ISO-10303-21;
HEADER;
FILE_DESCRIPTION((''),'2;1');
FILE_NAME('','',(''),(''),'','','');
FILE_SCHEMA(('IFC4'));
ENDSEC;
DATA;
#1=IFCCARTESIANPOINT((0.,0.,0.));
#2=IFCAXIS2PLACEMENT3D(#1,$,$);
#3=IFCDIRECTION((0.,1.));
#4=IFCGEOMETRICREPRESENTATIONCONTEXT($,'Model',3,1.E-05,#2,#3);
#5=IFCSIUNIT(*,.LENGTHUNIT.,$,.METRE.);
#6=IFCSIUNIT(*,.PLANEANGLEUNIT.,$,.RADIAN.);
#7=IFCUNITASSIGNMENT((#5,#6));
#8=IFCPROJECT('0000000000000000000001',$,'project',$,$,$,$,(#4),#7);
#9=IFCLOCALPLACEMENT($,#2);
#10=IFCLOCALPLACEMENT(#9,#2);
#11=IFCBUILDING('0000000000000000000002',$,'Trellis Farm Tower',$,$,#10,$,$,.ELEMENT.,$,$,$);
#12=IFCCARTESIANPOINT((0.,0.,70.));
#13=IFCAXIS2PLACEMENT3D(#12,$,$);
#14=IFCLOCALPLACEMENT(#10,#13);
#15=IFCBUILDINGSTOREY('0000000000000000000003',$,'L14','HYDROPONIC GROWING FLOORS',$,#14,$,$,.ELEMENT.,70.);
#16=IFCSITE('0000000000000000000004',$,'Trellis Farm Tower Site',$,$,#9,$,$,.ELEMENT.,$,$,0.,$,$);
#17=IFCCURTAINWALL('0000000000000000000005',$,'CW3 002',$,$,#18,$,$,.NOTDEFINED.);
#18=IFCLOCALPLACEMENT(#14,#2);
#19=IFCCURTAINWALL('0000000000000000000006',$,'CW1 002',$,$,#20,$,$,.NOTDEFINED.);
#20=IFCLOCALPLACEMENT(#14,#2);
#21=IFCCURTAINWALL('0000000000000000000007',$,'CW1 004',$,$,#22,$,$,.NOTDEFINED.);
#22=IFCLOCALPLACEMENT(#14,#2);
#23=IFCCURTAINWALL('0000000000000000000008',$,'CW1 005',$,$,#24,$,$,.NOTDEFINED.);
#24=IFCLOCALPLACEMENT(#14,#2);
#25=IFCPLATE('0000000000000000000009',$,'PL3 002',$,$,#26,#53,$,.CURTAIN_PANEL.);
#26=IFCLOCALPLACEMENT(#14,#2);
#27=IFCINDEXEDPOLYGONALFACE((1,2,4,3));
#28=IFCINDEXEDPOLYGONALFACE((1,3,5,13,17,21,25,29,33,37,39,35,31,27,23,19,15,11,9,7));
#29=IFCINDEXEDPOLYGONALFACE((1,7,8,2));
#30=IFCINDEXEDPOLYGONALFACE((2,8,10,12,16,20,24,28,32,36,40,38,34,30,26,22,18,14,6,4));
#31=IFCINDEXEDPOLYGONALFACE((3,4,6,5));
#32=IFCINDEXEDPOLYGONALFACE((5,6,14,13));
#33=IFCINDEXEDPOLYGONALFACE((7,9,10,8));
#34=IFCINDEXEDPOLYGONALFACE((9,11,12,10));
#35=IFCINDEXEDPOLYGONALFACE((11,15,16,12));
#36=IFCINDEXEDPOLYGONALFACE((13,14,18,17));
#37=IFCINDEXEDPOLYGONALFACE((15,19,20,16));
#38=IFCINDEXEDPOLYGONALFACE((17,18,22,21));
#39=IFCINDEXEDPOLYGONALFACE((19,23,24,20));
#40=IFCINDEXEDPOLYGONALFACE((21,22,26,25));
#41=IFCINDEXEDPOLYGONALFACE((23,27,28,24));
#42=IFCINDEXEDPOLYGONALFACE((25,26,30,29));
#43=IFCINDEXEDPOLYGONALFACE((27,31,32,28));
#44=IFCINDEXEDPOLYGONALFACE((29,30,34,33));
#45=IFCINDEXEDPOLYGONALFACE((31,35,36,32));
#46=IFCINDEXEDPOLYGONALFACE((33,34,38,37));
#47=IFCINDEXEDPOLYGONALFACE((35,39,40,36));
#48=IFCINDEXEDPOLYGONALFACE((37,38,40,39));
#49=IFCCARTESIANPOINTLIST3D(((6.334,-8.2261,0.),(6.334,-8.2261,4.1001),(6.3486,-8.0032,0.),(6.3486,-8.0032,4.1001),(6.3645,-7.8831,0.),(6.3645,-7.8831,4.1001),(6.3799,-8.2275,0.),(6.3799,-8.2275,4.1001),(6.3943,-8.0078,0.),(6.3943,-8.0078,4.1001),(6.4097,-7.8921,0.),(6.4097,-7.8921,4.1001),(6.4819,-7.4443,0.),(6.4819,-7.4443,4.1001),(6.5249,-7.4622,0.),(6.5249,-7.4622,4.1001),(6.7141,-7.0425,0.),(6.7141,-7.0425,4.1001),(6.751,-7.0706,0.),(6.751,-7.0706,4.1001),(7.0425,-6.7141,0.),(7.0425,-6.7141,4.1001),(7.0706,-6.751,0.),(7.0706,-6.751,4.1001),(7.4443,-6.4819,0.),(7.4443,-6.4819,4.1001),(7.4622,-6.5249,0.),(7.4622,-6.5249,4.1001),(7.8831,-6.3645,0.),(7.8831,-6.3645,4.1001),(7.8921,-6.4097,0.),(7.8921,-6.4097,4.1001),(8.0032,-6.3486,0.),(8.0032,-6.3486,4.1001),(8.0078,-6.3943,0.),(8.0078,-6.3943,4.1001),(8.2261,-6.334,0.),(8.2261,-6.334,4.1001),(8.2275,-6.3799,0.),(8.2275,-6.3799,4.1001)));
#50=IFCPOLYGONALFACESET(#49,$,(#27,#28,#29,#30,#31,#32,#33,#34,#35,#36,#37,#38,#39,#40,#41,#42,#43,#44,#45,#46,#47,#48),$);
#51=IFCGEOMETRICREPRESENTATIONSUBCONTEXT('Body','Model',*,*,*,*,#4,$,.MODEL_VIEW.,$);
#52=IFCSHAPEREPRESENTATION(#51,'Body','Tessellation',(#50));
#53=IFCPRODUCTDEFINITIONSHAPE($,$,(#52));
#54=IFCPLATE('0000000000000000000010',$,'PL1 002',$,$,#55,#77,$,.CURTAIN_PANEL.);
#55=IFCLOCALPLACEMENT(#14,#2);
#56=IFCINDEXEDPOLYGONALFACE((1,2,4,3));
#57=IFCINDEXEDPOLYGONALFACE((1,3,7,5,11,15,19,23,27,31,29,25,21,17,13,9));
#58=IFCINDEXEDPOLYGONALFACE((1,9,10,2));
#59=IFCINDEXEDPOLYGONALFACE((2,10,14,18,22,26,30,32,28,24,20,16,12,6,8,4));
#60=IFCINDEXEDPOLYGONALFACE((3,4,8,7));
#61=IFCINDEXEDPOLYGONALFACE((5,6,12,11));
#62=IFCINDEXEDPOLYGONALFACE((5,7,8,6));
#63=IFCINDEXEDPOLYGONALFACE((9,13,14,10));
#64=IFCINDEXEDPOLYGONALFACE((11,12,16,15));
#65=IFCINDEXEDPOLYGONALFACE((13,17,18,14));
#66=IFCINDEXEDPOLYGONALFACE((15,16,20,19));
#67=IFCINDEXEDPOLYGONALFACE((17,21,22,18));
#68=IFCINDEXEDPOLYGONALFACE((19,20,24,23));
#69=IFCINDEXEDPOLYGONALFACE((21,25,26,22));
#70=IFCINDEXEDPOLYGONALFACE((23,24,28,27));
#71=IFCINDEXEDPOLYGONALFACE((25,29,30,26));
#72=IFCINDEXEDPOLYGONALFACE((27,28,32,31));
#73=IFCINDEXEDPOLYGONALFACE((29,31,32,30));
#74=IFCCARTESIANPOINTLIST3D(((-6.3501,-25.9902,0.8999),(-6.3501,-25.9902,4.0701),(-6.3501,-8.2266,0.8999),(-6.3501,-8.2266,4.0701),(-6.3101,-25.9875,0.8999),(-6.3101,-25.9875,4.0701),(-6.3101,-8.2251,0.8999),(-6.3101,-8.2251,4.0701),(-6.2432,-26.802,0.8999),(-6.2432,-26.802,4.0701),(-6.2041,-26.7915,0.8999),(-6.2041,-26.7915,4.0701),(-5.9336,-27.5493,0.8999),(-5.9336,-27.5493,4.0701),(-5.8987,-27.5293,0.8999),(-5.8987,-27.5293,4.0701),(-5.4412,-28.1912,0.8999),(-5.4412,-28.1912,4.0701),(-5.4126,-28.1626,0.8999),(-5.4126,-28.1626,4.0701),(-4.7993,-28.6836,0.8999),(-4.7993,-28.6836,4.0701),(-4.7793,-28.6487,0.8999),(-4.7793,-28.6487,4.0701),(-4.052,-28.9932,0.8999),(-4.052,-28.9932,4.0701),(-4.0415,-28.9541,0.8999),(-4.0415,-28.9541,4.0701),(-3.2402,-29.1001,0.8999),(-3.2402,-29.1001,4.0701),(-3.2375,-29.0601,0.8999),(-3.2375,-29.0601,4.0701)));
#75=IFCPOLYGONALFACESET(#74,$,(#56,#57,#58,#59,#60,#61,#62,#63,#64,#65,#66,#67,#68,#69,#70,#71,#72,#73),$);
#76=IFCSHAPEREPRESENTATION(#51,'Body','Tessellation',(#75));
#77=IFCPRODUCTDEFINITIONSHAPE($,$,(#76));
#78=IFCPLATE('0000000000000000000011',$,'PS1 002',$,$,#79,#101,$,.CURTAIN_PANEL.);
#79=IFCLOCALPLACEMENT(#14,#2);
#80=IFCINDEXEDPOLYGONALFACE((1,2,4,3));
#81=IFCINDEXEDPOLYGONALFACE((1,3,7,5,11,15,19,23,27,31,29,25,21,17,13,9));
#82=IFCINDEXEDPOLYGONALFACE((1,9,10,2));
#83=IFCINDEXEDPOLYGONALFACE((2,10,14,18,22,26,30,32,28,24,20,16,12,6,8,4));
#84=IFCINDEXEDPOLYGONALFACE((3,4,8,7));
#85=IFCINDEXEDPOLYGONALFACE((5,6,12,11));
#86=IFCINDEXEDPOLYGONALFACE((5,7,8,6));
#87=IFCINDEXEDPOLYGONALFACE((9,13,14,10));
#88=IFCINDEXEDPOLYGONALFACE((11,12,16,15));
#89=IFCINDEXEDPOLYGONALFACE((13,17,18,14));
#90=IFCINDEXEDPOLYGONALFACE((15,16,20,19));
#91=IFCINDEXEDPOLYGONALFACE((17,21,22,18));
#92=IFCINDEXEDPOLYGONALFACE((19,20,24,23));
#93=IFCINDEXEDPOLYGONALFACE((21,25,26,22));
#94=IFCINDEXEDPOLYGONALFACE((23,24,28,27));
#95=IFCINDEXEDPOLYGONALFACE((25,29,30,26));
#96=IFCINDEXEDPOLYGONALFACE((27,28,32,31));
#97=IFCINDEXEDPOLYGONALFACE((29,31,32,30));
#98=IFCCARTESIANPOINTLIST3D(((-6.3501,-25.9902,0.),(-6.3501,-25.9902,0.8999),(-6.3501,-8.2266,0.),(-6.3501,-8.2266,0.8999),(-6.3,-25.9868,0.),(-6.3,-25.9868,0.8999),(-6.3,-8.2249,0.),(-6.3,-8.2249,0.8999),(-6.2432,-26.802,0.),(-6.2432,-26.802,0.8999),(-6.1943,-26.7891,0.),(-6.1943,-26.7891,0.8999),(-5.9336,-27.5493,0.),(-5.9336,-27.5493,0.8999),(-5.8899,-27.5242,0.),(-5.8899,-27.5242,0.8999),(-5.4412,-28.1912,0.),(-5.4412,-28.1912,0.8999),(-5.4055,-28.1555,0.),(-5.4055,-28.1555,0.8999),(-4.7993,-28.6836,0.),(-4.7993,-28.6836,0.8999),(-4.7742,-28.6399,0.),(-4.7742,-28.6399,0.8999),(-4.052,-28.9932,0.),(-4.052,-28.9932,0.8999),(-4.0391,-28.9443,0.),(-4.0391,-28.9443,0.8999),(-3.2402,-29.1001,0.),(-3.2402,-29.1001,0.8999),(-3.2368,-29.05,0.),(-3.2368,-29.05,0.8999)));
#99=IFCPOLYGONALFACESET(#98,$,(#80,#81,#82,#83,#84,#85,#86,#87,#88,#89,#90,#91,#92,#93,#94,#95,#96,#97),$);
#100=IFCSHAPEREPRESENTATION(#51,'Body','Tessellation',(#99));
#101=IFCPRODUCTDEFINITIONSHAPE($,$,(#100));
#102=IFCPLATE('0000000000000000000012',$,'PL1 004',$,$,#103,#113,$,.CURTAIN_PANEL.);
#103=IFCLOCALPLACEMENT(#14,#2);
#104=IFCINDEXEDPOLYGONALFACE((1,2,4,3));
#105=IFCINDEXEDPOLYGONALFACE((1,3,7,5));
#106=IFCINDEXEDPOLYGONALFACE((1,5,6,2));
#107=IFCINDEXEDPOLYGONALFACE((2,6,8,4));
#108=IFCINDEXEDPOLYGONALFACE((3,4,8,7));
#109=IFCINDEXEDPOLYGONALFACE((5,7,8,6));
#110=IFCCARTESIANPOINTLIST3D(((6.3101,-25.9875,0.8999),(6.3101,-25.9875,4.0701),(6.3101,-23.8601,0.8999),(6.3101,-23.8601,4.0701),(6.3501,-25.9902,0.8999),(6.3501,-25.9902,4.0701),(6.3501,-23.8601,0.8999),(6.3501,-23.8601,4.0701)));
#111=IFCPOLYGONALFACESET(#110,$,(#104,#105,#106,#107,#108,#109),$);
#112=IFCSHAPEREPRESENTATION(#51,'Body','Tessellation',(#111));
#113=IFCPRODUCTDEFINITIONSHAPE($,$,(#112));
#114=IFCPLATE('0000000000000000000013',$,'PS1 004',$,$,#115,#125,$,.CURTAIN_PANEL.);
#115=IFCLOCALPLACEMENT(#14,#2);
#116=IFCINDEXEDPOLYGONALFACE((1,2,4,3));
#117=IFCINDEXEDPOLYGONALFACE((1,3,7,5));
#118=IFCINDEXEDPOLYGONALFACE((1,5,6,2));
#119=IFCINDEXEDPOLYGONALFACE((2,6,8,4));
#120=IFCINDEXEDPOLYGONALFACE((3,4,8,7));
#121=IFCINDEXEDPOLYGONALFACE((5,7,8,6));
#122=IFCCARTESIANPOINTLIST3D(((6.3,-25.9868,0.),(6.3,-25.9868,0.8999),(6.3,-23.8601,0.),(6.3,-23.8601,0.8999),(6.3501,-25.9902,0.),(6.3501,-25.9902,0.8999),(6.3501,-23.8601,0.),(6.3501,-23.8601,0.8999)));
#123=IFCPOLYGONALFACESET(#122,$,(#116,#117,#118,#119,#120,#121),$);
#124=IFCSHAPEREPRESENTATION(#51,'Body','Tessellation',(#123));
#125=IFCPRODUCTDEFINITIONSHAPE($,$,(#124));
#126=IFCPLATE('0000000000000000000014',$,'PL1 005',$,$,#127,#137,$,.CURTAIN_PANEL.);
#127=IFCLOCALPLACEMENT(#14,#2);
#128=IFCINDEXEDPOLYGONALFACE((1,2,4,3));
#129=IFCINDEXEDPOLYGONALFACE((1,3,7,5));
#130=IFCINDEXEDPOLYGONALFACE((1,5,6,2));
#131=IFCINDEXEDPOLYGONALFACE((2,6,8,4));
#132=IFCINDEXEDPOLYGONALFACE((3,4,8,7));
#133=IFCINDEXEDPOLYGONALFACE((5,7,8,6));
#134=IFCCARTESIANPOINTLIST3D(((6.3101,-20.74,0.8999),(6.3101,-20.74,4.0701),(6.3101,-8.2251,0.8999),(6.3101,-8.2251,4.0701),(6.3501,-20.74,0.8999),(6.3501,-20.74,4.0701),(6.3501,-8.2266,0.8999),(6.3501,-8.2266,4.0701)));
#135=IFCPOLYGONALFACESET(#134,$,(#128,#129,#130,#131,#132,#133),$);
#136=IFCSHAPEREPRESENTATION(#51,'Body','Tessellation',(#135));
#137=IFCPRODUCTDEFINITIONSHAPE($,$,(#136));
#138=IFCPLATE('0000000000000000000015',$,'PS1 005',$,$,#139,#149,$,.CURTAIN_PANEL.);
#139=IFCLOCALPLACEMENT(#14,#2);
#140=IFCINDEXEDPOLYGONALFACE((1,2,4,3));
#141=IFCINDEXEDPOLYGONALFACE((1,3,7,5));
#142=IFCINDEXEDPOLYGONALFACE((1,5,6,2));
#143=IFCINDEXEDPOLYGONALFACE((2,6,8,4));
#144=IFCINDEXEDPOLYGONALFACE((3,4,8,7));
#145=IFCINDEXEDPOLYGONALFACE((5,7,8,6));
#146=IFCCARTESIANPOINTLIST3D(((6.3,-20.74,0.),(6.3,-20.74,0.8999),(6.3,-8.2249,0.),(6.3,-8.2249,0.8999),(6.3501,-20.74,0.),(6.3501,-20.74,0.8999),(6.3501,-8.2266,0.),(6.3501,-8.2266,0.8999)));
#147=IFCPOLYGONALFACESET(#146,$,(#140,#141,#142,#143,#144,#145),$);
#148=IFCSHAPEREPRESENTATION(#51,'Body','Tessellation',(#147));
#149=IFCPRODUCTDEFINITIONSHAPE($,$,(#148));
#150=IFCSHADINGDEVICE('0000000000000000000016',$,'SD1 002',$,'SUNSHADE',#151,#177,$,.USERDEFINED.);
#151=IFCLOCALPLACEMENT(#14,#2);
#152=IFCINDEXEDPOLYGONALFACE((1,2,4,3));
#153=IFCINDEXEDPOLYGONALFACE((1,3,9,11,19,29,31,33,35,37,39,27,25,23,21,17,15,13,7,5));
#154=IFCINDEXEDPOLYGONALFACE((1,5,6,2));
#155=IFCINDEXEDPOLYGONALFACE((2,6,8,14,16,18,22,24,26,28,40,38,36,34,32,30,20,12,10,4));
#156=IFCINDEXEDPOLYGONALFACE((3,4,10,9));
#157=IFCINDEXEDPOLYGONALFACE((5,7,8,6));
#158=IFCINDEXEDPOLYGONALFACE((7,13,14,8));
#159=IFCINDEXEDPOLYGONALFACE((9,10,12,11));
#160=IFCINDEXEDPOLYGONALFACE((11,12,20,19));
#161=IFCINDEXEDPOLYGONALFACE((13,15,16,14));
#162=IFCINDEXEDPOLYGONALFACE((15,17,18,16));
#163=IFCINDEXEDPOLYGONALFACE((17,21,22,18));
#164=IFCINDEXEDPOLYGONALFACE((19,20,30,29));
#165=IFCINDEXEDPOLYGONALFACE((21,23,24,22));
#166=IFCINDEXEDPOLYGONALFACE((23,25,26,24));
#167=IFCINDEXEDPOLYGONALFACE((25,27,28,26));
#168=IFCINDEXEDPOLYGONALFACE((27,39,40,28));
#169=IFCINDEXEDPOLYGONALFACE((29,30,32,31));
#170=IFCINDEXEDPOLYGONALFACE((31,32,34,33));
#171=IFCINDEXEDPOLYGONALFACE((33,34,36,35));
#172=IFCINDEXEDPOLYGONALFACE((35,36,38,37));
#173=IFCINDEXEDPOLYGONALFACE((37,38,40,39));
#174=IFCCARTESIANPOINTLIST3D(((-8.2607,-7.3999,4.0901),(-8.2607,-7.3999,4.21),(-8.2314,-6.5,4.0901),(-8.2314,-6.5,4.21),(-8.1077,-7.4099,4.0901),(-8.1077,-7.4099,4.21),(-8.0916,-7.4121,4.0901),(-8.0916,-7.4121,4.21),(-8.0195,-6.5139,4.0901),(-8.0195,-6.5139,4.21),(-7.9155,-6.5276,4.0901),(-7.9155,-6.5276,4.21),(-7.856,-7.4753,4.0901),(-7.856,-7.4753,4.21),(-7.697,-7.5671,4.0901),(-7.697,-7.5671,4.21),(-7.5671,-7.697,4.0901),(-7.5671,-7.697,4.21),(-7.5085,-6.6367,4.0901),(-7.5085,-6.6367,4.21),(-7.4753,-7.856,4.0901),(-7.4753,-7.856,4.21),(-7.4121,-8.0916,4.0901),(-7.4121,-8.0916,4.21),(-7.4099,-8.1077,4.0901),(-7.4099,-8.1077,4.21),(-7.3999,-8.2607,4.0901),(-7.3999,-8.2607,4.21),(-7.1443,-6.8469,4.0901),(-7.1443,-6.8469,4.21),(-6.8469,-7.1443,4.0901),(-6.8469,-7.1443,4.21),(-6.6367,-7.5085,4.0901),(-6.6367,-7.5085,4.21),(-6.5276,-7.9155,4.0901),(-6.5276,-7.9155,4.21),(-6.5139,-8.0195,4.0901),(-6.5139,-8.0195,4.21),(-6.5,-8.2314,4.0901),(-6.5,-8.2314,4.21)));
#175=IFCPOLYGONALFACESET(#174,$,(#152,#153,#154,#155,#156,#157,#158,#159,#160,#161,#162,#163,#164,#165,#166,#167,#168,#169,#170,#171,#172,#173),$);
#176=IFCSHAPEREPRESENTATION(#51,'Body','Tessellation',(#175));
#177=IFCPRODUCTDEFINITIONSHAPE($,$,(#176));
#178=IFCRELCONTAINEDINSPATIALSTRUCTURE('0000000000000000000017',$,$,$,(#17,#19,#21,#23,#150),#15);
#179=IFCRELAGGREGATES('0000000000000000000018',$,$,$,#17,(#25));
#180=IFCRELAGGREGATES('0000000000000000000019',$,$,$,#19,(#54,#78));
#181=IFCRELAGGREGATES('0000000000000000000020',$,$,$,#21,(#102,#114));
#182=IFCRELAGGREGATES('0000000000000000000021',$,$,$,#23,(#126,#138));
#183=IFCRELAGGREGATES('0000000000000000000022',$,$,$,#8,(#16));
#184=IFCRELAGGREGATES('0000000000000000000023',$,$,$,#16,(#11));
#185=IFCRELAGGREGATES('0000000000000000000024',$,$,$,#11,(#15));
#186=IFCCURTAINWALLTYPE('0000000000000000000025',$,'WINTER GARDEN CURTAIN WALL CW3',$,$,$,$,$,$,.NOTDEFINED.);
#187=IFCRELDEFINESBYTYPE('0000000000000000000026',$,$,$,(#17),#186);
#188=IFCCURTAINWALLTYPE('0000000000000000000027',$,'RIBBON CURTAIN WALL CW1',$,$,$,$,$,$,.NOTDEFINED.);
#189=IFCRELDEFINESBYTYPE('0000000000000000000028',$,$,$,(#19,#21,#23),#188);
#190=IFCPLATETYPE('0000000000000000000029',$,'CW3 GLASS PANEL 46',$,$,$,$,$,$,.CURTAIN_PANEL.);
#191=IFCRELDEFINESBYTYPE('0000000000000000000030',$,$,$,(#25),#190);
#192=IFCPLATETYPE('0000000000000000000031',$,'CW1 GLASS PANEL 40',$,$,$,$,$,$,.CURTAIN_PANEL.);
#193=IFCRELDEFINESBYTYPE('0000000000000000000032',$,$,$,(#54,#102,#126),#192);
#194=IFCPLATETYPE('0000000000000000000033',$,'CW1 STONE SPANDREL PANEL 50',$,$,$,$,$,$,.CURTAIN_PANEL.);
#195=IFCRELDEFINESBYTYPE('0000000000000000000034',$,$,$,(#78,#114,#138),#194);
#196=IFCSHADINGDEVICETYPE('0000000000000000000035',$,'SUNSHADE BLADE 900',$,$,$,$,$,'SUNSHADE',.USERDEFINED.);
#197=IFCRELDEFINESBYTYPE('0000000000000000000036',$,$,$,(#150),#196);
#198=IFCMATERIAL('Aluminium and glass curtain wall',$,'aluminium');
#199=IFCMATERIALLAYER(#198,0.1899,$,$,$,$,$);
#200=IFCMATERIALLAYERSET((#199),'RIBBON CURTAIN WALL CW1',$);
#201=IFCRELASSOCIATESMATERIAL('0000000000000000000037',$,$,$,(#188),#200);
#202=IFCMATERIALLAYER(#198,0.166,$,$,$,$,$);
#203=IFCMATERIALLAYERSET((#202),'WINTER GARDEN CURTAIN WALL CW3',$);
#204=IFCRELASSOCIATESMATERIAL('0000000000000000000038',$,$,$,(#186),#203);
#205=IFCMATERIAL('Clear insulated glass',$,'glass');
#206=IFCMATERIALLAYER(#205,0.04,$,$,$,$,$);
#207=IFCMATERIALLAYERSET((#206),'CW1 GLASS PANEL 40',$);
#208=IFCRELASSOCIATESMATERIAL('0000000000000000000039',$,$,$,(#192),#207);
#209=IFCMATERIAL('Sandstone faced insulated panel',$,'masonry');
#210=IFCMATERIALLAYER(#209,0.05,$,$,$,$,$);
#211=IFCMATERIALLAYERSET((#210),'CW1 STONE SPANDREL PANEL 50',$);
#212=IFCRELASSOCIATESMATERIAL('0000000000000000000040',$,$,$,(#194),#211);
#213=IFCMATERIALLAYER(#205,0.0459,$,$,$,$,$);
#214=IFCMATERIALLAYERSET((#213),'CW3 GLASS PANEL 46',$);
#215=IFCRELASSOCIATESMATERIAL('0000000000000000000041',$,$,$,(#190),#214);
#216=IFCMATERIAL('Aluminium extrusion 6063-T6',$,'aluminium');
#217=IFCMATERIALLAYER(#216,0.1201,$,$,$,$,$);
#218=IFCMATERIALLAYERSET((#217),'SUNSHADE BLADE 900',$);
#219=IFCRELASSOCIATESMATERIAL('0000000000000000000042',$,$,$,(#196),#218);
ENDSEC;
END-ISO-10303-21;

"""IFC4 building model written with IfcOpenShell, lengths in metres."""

from ifc_helpers import new_model, si_unit, direction, frame, origin, place, context, subcontext, project, spatial, polyline, outline, extrude, source, transform, mapped, material, layer, layer_set, type_object, element, aggregate, save


model = new_model("IFC4")

# Units and contexts
model_context = context("Model", 3, precision=1e-05, world=origin(), true_north=direction((0.0, 1.0)))
body_context = subcontext(model_context, "Body", "Model", "MODEL_VIEW")
ifc_project = project(units=[si_unit("LENGTHUNIT", "METRE"), si_unit("PLANEANGLEUNIT", "RADIAN")], contexts=[model_context])

# Site, building, storey
site_placement = place(None, origin())
site = spatial("IfcSite", under=ifc_project, at=site_placement, Name="Trellis Farm Tower Site", CompositionType="ELEMENT", RefElevation=0.0)
building_placement = place(site_placement, origin())
building = spatial("IfcBuilding", under=site, at=building_placement, Name="Trellis Farm Tower", CompositionType="ELEMENT")
storey_placement = place(building_placement, frame((0.0, 0.0, 70.0)))
storey = spatial("IfcBuildingStorey", under=building, at=storey_placement, Name="L14", Description="HYDROPONIC GROWING FLOORS", CompositionType="ELEMENT", Elevation=70.0)

# Curtain walls
ifc_material_1 = material(Name="Aluminium and glass curtain wall", Category="aluminium")
ifc_layer_1 = layer(ifc_material_1, 0.1899)
ifc_layer_set_1 = layer_set([ifc_layer_1], Name="RIBBON CURTAIN WALL CW1")
curtain_wall_type_1 = type_object("IfcCurtainWallType", Name="RIBBON CURTAIN WALL CW1", PredefinedType="NOTDEFINED", material=ifc_layer_set_1)
placement_1 = place(storey_placement, origin())
ifc_material_2 = material(Name="Aluminium extrusion 6063-T6", Category="aluminium")
ifc_layer_2 = layer(ifc_material_1, 0.166)
ifc_layer_set_2 = layer_set([ifc_layer_2], Name="WINTER GARDEN CURTAIN WALL CW3")
curtain_wall_type_2 = type_object("IfcCurtainWallType", Name="WINTER GARDEN CURTAIN WALL CW3", PredefinedType="NOTDEFINED", material=ifc_layer_set_2)
curtain_wall_1 = element("IfcCurtainWall", 1, at=placement_1, inside=storey, type_object=curtain_wall_type_2, Name="CW3 002", PredefinedType="NOTDEFINED")
curtain_wall_2 = element("IfcCurtainWall", 2, at=placement_1, inside=storey, type_object=curtain_wall_type_1, Name="CW1 002", PredefinedType="NOTDEFINED")
curtain_wall_3 = element("IfcCurtainWall", 3, at=placement_1, inside=storey, type_object=curtain_wall_type_1, Name="CW1 004", PredefinedType="NOTDEFINED")
curtain_wall_4 = element("IfcCurtainWall", 4, at=placement_1, inside=storey, type_object=curtain_wall_type_1, Name="CW1 005", PredefinedType="NOTDEFINED")

# Plates
ifc_material_3 = material(Name="Clear insulated glass", Category="glass")
ifc_layer_3 = layer(ifc_material_3, 0.04)
ifc_layer_set_3 = layer_set([ifc_layer_3], Name="CW1 GLASS PANEL 40")
plate_type_1 = type_object("IfcPlateType", Name="CW1 GLASS PANEL 40", PredefinedType="CURTAIN_PANEL", material=ifc_layer_set_3)
placement_2 = place(storey_placement, frame((0.0, 0.0, 0.8999)))
ifc_material_4 = material(Name="Sandstone faced insulated panel", Category="masonry")
ifc_layer_4 = layer(ifc_material_4, 0.05)
ifc_layer_set_4 = layer_set([ifc_layer_4], Name="CW1 STONE SPANDREL PANEL 50")
plate_type_2 = type_object("IfcPlateType", Name="CW1 STONE SPANDREL PANEL 50", PredefinedType="CURTAIN_PANEL", material=ifc_layer_set_4)
ifc_layer_5 = layer(ifc_material_3, 0.0459)
ifc_layer_set_5 = layer_set([ifc_layer_5], Name="CW3 GLASS PANEL 46")
plate_type_3 = type_object("IfcPlateType", Name="CW3 GLASS PANEL 46", PredefinedType="CURTAIN_PANEL", material=ifc_layer_set_5)
shared_shape_1 = source(origin(), body_context, "Body", "SweptSolid", [
    extrude(outline(polyline([(6.3799, -8.2275), (6.3943, -8.0078), (6.4097, -7.8921), (6.5249, -7.4622), (6.751, -7.0706), (7.0706, -6.751), (7.4622, -6.5249), (7.8921, -6.4097), (8.0078, -6.3943), (8.2275, -6.3799), (8.2261, -6.334), (8.0032, -6.3486), (7.8831, -6.3645), (7.4443, -6.4819), (7.0425, -6.7141), (6.7141, -7.0425), (6.4819, -7.4443), (6.3645, -7.8831), (6.3486, -8.0032), (6.334, -8.2261), (6.3799, -8.2275)])), origin(), (0.0, 0.0, 1.0), 4.1001),
])
plate_1 = element("IfcPlate", 5, at=placement_1, type_object=plate_type_3, Name="PL3 002", PredefinedType="CURTAIN_PANEL", context=body_context, shape_type="MappedRepresentation", body=[
    mapped(shared_shape_1, transform((0.0, 0.0, 0.0))),
])
aggregate(curtain_wall_1, [plate_1])
shared_shape_2 = source(origin(), body_context, "Body", "SweptSolid", [
    extrude(outline(polyline([(-6.3501, -8.2266), (-6.3501, -25.9902), (-6.2432, -26.802), (-5.9336, -27.5493), (-5.4412, -28.1912), (-4.7993, -28.6836), (-4.052, -28.9932), (-3.2402, -29.1001), (-3.2375, -29.0601), (-4.0415, -28.9541), (-4.7793, -28.6487), (-5.4126, -28.1626), (-5.8987, -27.5293), (-6.2041, -26.7915), (-6.3101, -25.9875), (-6.3101, -8.2251), (-6.3501, -8.2266)])), origin(), (0.0, 0.0, 1.0), 3.1702),
])
plate_2 = element("IfcPlate", 6, at=placement_2, type_object=plate_type_1, Name="PL1 002", PredefinedType="CURTAIN_PANEL", context=body_context, shape_type="MappedRepresentation", body=[
    mapped(shared_shape_2, transform((0.0, 0.0, 0.0))),
])
shared_shape_3 = source(origin(), body_context, "Body", "SweptSolid", [
    extrude(outline(polyline([(-6.3501, -8.2266), (-6.3501, -25.9902), (-6.2432, -26.802), (-5.9336, -27.5493), (-5.4412, -28.1912), (-4.7993, -28.6836), (-4.052, -28.9932), (-3.2402, -29.1001), (-3.2368, -29.05), (-4.0391, -28.9443), (-4.7742, -28.6399), (-5.4055, -28.1555), (-5.8899, -27.5242), (-6.1943, -26.7891), (-6.3, -25.9868), (-6.3, -8.2249), (-6.3501, -8.2266)])), origin(), (0.0, 0.0, 1.0), 0.8999),
])
plate_3 = element("IfcPlate", 7, at=placement_1, type_object=plate_type_2, Name="PS1 002", PredefinedType="CURTAIN_PANEL", context=body_context, shape_type="MappedRepresentation", body=[
    mapped(shared_shape_3, transform((0.0, 0.0, 0.0))),
])
aggregate(curtain_wall_2, [plate_2, plate_3])
shared_shape_4 = source(origin(), body_context, "Body", "SweptSolid", [
    extrude(outline(polyline([(6.3501, -25.9902), (6.3501, -23.8601), (6.3101, -23.8601), (6.3101, -25.9875), (6.3501, -25.9902)])), origin(), (0.0, 0.0, 1.0), 3.1702),
])
plate_4 = element("IfcPlate", 8, at=placement_2, type_object=plate_type_1, Name="PL1 004", PredefinedType="CURTAIN_PANEL", context=body_context, shape_type="MappedRepresentation", body=[
    mapped(shared_shape_4, transform((0.0, 0.0, 0.0))),
])
shared_shape_5 = source(origin(), body_context, "Body", "SweptSolid", [
    extrude(outline(polyline([(6.3501, -25.9902), (6.3501, -23.8601), (6.3, -23.8601), (6.3, -25.9868), (6.3501, -25.9902)])), origin(), (0.0, 0.0, 1.0), 0.8999),
])
plate_5 = element("IfcPlate", 9, at=placement_1, type_object=plate_type_2, Name="PS1 004", PredefinedType="CURTAIN_PANEL", context=body_context, shape_type="MappedRepresentation", body=[
    mapped(shared_shape_5, transform((0.0, 0.0, 0.0))),
])
aggregate(curtain_wall_3, [plate_4, plate_5])
shared_shape_6 = source(origin(), body_context, "Body", "SweptSolid", [
    extrude(outline(polyline([(6.3501, -20.74), (6.3501, -8.2266), (6.3101, -8.2251), (6.3101, -20.74), (6.3501, -20.74)])), origin(), (0.0, 0.0, 1.0), 3.1702),
])
plate_6 = element("IfcPlate", 10, at=placement_2, type_object=plate_type_1, Name="PL1 005", PredefinedType="CURTAIN_PANEL", context=body_context, shape_type="MappedRepresentation", body=[
    mapped(shared_shape_6, transform((0.0, 0.0, 0.0))),
])
shared_shape_7 = source(origin(), body_context, "Body", "SweptSolid", [
    extrude(outline(polyline([(6.3501, -20.74), (6.3501, -8.2266), (6.3, -8.2249), (6.3, -20.74), (6.3501, -20.74)])), origin(), (0.0, 0.0, 1.0), 0.8999),
])
plate_7 = element("IfcPlate", 11, at=placement_1, type_object=plate_type_2, Name="PS1 005", PredefinedType="CURTAIN_PANEL", context=body_context, shape_type="MappedRepresentation", body=[
    mapped(shared_shape_7, transform((0.0, 0.0, 0.0))),
])
aggregate(curtain_wall_4, [plate_6, plate_7])

# Shading device
ifc_layer_6 = layer(ifc_material_2, 0.1201)
ifc_layer_set_6 = layer_set([ifc_layer_6], Name="SUNSHADE BLADE 900")
shading_device_type_1 = type_object("IfcShadingDeviceType", Name="SUNSHADE BLADE 900", ElementType="SUNSHADE", PredefinedType="USERDEFINED", material=ifc_layer_set_6)
shared_shape_8 = source(origin(), body_context, "Body", "SweptSolid", [
    extrude(outline(polyline([(-8.2607, -7.3999), (-8.1077, -7.4099), (-8.0916, -7.4121), (-7.856, -7.4753), (-7.697, -7.5671), (-7.5671, -7.697), (-7.4753, -7.856), (-7.4121, -8.0916), (-7.4099, -8.1077), (-7.3999, -8.2607), (-6.5, -8.2314), (-6.5139, -8.0195), (-6.5276, -7.9155), (-6.6367, -7.5085), (-6.8469, -7.1443), (-7.1443, -6.8469), (-7.5085, -6.6367), (-7.9155, -6.5276), (-8.0195, -6.5139), (-8.2314, -6.5), (-8.2607, -7.3999)])), origin(), (0.0, 0.0, 1.0), 0.1199),
])
placement_3 = place(storey_placement, frame((0.0, 0.0, 4.0901)))
element("IfcShadingDevice", 12, at=placement_3, inside=storey, type_object=shading_device_type_1, Name="SD1 002", ObjectType="SUNSHADE", PredefinedType="USERDEFINED", context=body_context, shape_type="MappedRepresentation", body=[
    mapped(shared_shape_8, transform((0.0, 0.0, 0.0))),
])

save(model, "model.ifc")
